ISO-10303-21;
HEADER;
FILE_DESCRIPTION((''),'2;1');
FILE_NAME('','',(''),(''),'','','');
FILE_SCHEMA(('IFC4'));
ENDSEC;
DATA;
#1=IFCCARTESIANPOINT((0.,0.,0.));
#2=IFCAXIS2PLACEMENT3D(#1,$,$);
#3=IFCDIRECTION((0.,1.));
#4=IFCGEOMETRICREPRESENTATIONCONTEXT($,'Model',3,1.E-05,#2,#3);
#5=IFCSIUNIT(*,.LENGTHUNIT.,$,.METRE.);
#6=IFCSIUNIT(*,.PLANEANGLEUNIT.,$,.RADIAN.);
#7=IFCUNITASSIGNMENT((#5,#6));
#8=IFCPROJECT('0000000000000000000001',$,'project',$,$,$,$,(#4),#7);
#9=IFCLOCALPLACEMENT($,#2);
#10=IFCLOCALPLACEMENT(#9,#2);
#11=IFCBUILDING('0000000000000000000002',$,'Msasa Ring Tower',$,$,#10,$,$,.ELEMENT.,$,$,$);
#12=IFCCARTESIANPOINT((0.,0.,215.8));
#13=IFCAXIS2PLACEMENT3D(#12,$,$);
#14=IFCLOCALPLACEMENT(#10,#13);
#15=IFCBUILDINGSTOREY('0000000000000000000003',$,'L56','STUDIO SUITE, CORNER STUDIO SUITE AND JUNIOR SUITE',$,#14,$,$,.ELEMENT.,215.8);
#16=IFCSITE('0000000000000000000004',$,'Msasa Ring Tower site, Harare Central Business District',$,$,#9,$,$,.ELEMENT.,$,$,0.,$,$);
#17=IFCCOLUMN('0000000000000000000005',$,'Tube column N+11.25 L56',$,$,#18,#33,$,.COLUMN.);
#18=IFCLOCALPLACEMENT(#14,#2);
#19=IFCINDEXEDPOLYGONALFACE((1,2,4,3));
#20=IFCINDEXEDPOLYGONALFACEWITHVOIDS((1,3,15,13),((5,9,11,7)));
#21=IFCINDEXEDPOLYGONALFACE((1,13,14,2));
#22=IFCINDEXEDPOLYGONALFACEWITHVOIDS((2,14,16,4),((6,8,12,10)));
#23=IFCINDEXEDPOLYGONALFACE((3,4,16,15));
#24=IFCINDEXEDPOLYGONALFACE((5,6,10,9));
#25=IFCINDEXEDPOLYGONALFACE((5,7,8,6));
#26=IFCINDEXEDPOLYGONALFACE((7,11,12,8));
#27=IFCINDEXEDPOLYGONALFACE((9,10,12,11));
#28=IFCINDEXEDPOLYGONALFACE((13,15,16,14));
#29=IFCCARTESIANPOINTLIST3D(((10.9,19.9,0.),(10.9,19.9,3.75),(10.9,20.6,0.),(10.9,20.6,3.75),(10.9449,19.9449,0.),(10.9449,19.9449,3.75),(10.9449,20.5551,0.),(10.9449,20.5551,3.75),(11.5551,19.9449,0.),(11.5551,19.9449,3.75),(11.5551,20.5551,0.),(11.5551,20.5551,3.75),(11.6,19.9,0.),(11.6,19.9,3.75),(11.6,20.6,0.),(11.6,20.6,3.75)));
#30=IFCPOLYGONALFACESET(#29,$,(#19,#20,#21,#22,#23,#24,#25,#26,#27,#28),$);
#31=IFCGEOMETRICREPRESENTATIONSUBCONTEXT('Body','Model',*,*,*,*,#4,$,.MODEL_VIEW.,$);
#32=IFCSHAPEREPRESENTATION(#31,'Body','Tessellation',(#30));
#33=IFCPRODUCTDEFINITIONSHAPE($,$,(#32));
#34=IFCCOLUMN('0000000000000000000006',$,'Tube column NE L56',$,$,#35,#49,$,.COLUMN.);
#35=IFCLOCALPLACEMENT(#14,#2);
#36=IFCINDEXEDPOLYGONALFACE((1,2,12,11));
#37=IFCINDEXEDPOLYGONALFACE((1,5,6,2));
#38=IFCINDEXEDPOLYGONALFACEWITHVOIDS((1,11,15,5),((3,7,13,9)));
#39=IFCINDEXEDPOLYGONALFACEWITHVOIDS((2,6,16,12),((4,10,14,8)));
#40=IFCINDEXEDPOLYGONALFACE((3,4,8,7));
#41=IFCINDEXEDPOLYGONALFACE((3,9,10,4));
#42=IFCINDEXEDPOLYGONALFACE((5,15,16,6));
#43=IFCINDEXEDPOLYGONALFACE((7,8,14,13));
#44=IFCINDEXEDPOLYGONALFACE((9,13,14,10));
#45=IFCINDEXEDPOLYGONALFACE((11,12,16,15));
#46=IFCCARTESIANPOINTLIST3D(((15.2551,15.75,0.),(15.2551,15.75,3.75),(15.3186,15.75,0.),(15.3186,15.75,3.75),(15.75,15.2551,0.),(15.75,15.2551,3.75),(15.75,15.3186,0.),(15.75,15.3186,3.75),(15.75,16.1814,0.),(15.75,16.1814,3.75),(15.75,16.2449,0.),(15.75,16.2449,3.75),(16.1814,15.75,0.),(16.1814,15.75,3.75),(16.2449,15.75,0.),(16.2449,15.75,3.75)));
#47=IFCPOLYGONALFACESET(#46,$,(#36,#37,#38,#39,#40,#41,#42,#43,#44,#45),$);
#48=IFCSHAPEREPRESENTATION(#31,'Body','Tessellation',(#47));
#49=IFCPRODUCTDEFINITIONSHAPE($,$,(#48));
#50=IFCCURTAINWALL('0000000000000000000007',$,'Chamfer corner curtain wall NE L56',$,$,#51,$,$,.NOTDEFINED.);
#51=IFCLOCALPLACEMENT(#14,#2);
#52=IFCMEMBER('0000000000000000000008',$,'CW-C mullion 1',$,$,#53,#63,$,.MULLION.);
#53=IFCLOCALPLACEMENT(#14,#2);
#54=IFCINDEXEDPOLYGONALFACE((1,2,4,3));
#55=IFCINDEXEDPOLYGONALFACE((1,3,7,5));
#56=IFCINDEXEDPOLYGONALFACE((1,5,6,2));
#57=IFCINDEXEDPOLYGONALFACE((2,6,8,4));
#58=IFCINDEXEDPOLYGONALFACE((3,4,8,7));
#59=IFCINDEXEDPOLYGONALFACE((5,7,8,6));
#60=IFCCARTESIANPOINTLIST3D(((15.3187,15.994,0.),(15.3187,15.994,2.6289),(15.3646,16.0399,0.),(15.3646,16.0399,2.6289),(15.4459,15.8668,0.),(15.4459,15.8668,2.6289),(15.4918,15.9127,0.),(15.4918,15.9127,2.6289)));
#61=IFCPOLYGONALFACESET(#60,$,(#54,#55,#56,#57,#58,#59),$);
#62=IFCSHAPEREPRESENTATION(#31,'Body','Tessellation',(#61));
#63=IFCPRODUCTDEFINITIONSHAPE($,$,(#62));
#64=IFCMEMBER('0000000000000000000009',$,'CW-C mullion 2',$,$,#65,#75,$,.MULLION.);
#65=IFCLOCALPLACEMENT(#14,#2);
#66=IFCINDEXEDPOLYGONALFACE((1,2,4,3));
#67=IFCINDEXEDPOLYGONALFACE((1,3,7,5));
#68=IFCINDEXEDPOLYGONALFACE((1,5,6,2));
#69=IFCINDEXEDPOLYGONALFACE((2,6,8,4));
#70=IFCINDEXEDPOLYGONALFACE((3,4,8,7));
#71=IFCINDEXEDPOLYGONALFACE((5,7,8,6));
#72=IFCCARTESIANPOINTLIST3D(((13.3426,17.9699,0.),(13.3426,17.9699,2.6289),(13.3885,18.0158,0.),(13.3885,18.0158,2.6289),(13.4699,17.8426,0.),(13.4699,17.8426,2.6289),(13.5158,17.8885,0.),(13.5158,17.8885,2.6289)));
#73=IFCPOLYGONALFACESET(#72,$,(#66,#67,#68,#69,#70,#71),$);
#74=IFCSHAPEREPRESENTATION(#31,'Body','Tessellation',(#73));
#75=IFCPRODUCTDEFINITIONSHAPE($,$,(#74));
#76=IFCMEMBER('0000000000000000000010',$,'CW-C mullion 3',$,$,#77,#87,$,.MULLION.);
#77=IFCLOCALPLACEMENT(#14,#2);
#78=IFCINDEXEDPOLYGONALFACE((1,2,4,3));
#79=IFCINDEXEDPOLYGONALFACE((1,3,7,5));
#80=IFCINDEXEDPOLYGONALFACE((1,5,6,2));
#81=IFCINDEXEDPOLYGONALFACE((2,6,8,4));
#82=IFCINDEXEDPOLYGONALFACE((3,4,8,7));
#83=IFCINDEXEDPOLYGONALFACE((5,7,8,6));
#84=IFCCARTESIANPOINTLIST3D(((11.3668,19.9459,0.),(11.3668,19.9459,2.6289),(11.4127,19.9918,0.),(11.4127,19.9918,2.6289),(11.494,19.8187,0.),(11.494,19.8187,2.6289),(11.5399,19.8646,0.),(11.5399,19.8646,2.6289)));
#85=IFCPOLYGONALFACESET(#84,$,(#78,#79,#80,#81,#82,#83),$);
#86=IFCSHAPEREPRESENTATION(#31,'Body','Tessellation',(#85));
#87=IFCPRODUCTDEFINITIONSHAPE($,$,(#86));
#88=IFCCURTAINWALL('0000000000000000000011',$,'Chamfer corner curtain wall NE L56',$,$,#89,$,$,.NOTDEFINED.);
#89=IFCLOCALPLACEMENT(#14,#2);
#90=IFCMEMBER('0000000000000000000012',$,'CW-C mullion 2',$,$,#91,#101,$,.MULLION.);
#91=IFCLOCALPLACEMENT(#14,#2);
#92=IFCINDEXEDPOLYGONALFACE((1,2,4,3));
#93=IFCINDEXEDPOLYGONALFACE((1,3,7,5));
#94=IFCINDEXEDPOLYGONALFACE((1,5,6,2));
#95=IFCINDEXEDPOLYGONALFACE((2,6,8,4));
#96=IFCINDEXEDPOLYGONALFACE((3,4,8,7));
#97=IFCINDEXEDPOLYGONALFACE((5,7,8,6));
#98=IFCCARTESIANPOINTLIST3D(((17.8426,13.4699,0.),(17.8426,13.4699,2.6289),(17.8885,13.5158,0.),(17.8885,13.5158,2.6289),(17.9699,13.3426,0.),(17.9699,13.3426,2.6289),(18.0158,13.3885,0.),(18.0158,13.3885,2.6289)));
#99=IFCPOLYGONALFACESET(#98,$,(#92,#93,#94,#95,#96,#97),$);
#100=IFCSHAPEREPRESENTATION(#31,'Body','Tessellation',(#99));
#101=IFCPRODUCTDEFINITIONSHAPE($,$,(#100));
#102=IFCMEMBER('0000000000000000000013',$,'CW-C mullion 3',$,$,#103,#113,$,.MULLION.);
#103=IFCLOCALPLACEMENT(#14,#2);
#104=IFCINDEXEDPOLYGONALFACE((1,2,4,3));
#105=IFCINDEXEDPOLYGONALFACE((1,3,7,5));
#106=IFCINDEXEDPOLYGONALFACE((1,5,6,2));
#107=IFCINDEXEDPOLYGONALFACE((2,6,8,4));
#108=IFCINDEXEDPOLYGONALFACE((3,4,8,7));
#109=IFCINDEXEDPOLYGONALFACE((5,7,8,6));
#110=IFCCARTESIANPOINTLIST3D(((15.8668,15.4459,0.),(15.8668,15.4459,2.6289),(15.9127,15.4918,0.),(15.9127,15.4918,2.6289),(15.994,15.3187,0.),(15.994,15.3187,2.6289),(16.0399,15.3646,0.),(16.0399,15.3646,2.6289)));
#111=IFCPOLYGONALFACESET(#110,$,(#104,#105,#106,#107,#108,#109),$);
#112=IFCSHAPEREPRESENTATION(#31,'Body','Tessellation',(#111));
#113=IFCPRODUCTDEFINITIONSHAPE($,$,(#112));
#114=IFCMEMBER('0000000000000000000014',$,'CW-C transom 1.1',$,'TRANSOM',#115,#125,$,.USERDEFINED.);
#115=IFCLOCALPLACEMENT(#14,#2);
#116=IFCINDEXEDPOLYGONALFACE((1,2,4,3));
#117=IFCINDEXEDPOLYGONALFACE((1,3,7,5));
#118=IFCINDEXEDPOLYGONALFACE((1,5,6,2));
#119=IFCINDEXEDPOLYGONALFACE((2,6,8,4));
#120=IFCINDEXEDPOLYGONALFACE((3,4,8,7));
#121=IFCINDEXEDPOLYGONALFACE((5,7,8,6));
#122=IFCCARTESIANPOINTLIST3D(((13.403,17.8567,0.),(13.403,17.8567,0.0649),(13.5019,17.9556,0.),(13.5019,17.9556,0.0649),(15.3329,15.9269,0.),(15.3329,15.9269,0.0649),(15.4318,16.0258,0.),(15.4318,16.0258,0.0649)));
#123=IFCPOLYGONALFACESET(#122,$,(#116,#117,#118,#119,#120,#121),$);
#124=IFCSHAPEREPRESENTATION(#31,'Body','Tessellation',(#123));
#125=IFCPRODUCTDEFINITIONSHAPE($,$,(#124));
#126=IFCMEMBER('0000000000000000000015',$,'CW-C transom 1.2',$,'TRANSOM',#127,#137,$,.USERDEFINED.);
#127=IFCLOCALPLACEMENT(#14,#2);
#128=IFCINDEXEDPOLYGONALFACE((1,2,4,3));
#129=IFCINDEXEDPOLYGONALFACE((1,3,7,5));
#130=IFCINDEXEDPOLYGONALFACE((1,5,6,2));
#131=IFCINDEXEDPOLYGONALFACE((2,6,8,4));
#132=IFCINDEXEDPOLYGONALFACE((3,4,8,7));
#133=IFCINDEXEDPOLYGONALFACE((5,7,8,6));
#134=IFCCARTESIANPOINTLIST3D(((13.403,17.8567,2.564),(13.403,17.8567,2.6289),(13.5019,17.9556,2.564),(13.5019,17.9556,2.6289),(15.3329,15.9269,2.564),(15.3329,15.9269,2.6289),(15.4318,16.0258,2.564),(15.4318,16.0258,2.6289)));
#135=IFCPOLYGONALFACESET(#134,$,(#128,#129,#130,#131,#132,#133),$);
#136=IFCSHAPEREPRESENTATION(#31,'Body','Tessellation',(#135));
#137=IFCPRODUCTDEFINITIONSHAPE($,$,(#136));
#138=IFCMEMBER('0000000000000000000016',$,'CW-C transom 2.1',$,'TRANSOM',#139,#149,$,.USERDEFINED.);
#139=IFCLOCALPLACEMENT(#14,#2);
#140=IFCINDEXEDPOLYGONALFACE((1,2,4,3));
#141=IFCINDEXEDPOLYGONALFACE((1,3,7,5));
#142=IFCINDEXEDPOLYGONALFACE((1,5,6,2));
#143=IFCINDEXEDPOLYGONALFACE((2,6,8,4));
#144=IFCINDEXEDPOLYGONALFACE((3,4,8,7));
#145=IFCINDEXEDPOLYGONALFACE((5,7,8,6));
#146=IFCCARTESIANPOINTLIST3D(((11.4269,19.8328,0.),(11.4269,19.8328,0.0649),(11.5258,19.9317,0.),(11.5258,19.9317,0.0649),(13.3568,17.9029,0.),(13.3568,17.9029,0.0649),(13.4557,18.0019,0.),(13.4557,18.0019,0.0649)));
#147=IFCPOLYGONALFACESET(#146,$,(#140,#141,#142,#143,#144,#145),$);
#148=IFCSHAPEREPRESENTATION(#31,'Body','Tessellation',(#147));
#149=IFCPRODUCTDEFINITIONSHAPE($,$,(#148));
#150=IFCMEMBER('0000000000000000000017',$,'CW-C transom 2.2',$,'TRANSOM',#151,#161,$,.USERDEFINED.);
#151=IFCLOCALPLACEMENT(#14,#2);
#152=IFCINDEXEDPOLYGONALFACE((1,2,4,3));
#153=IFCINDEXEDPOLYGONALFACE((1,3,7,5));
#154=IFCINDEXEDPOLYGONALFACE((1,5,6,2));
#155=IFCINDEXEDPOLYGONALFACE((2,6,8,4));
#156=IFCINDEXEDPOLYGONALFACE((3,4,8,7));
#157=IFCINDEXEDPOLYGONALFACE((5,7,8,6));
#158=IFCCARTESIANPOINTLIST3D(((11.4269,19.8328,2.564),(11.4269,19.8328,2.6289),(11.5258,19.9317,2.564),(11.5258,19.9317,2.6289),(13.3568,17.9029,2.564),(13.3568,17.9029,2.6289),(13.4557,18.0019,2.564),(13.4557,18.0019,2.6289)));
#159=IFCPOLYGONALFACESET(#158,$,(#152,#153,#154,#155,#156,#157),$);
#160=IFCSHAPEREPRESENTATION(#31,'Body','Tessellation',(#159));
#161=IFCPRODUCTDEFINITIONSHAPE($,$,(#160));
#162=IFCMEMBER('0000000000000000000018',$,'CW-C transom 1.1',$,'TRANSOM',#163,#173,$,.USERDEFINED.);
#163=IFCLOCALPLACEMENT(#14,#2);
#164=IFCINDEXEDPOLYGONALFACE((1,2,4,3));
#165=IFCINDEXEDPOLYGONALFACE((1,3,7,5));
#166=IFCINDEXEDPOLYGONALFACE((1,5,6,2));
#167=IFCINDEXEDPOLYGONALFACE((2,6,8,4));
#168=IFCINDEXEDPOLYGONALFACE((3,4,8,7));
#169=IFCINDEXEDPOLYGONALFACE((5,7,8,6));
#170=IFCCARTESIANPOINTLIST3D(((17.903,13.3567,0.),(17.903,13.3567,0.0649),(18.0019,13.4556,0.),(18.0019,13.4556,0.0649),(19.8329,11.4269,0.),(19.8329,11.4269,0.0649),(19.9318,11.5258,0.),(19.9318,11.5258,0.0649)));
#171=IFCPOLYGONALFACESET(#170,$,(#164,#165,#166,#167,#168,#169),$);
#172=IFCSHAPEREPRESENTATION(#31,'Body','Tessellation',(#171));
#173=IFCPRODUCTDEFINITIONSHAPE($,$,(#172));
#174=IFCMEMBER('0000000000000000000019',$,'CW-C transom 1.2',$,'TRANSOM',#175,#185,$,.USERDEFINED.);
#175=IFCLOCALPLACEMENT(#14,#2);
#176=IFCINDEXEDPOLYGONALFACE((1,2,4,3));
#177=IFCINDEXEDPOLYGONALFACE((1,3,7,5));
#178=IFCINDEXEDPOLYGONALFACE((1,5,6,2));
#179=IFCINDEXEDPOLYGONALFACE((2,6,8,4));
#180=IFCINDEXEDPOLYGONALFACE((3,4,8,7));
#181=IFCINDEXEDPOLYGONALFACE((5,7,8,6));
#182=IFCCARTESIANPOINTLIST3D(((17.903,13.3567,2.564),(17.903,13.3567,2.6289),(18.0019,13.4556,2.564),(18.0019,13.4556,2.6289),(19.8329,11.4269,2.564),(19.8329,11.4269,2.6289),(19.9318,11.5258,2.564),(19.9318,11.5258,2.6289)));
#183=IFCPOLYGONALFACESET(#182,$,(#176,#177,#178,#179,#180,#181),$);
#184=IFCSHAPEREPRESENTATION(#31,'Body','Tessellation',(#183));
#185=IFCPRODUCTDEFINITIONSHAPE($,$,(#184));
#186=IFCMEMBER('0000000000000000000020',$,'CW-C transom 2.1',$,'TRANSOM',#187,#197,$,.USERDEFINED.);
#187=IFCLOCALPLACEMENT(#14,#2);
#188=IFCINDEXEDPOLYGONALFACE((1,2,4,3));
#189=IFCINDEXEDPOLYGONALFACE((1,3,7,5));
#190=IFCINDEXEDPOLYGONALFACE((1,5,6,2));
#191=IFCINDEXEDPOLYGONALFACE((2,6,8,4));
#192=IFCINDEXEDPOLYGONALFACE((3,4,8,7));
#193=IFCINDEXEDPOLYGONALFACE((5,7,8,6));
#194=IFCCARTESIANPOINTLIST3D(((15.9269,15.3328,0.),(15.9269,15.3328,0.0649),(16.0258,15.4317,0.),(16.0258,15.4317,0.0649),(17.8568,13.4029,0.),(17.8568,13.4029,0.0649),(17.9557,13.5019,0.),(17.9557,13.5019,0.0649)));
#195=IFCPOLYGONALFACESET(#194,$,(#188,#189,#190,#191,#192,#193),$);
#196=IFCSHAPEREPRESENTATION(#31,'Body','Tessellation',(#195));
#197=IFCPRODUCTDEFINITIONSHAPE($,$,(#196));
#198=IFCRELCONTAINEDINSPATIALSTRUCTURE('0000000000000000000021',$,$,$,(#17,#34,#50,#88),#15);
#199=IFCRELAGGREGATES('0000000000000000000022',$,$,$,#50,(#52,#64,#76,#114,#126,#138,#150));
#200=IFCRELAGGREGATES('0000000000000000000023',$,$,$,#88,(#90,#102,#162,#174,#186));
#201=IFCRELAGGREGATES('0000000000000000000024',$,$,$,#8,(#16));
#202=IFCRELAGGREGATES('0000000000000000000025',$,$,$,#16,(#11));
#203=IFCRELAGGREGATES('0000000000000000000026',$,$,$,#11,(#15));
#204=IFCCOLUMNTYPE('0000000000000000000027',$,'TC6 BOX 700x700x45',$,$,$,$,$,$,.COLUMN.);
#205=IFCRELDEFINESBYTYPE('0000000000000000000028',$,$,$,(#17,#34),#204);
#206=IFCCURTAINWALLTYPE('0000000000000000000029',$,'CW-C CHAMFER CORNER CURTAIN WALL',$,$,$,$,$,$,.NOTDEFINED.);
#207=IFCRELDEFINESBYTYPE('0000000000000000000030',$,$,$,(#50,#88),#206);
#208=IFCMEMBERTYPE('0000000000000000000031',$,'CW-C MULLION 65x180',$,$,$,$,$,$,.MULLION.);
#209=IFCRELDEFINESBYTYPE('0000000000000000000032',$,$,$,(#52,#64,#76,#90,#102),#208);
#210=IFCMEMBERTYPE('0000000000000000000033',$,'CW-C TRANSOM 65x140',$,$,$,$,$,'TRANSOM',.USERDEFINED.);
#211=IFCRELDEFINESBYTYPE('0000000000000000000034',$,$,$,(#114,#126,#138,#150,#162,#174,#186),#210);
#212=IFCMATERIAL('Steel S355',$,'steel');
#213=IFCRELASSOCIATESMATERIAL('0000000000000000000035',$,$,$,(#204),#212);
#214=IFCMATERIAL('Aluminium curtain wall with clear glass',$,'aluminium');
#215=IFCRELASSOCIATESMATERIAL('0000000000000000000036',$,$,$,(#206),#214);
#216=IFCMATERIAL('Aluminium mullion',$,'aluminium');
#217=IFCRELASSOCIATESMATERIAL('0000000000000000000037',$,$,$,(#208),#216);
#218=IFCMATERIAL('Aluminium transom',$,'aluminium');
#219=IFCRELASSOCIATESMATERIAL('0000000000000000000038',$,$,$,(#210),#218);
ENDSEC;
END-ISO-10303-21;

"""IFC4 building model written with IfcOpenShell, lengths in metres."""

from ifc_helpers import new_model, si_unit, direction, frame, origin, origin_2d, place, context, subcontext, project, spatial, rectangle, hollow_rectangle, extrude, material, material_profile, profile_set, type_object, element, aggregate, save


model = new_model("IFC4")

# Units and contexts
model_context = context("Model", 3, precision=1e-05, world=origin(), true_north=direction((0.0, 1.0)))
body_context = subcontext(model_context, "Body", "Model", "MODEL_VIEW")
ifc_project = project(units=[si_unit("LENGTHUNIT", "METRE"), si_unit("PLANEANGLEUNIT", "RADIAN")], contexts=[model_context])

# Site, building, storey
site_placement = place(None, origin())
site = spatial("IfcSite", under=ifc_project, at=site_placement, Name="Msasa Ring Tower site, Harare Central Business District", CompositionType="ELEMENT", RefElevation=0.0)
building_placement = place(site_placement, origin())
building = spatial("IfcBuilding", under=site, at=building_placement, Name="Msasa Ring Tower", CompositionType="ELEMENT")
storey_placement = place(building_placement, frame((0.0, 0.0, 215.8)))
storey = spatial("IfcBuildingStorey", under=building, at=storey_placement, Name="L56", Description="STUDIO SUITE, CORNER STUDIO SUITE AND JUNIOR SUITE", CompositionType="ELEMENT", Elevation=215.8)

# Columns
ifc_material_1 = material(Name="Steel S355", Category="steel")
ifc_material_profile_1 = material_profile(ifc_material_1, hollow_rectangle(XDim=0.7, YDim=0.7, WallThickness=0.0449, at=origin_2d()), Name="BOX 700x700x45")
ifc_profile_set_1 = profile_set([ifc_material_profile_1], Name="Steel S355")
column_type = type_object("IfcColumnType", Name="TC6 BOX 700x700x45", PredefinedType="COLUMN", material=ifc_profile_set_1)
for number, where, z_axis, x_axis, name in (
    (1, (11.25, 20.25, 0.0), (0.0, 0.0, 1.0), (0.0, 1.0, 0.0), "Tube column N+11.25 L56"),
    (2, (15.75, 15.75, 0.0), (0.0, 0.0, 1.0), (0.707107, 0.707107, 0.0), "Tube column NE L56"),
):
    element("IfcColumn", number, at=place(storey_placement, frame(where, z_axis=z_axis, x_axis=x_axis)), inside=storey, type_object=column_type, Name=name, PredefinedType="COLUMN", context=body_context, shape_type="SweptSolid", body=[
        extrude(hollow_rectangle(XDim=0.7, YDim=0.7, WallThickness=0.0449, at=origin_2d()), origin(), (0.0, 0.0, 1.0), 3.75),
    ])

# Curtain walls, members
ifc_material_2 = material(Name="Aluminium curtain wall with clear glass", Category="aluminium")
curtain_wall_type = type_object("IfcCurtainWallType", Name="CW-C CHAMFER CORNER CURTAIN WALL", PredefinedType="NOTDEFINED", material=ifc_material_2)
curtain_wall_1_placement = place(storey_placement, origin())
curtain_wall_1 = element("IfcCurtainWall", 3, at=curtain_wall_1_placement, inside=storey, type_object=curtain_wall_type, Name="Chamfer corner curtain wall NE L56", PredefinedType="NOTDEFINED")
ifc_material_3 = material(Name="Aluminium mullion", Category="aluminium")
ifc_material_profile_2 = material_profile(ifc_material_3, rectangle(XDim=0.0649, YDim=0.1799, at=origin_2d()), Name="AL 65x180")
ifc_profile_set_2 = profile_set([ifc_material_profile_2], Name="Aluminium mullion")
member_type_1 = type_object("IfcMemberType", Name="CW-C MULLION 65x180", PredefinedType="MULLION", material=ifc_profile_set_2)
member_1_placement = place(storey_placement, frame((15.4053, 15.9534, 0.0), z_axis=(0.0, 0.0, 1.0), x_axis=(-0.707107, -0.707107, 0.0)))
member_1 = element("IfcMember", 4, at=member_1_placement, type_object=member_type_1, Name="CW-C mullion 1", PredefinedType="MULLION", context=body_context, shape_type="SweptSolid", body=[
    extrude(rectangle(XDim=0.0649, YDim=0.1799, at=origin_2d()), origin(), (0.0, 0.0, 1.0), 2.6289),
])
member_2_placement = place(storey_placement, frame((13.4292, 17.9292, 0.0), z_axis=(0.0, 0.0, 1.0), x_axis=(-0.707107, -0.707107, 0.0)))
member_2 = element("IfcMember", 5, at=member_2_placement, type_object=member_type_1, Name="CW-C mullion 2", PredefinedType="MULLION", context=body_context, shape_type="SweptSolid", body=[
    extrude(rectangle(XDim=0.0649, YDim=0.1799, at=origin_2d()), origin(), (0.0, 0.0, 1.0), 2.6289),
])
member_3_placement = place(storey_placement, frame((11.4534, 19.9053, 0.0), z_axis=(0.0, 0.0, 1.0), x_axis=(-0.707107, -0.707107, 0.0)))
member_3 = element("IfcMember", 6, at=member_3_placement, type_object=member_type_1, Name="CW-C mullion 3", PredefinedType="MULLION", context=body_context, shape_type="SweptSolid", body=[
    extrude(rectangle(XDim=0.0649, YDim=0.1799, at=origin_2d()), origin(), (0.0, 0.0, 1.0), 2.6289),
])
curtain_wall_2_placement = place(storey_placement, origin())
curtain_wall_2 = element("IfcCurtainWall", 7, at=curtain_wall_2_placement, inside=storey, type_object=curtain_wall_type, Name="Chamfer corner curtain wall NE L56", PredefinedType="NOTDEFINED")
member_4_placement = place(storey_placement, frame((17.9292, 13.4292, 0.0), z_axis=(0.0, 0.0, 1.0), x_axis=(-0.707107, -0.707107, 0.0)))
member_4 = element("IfcMember", 8, at=member_4_placement, type_object=member_type_1, Name="CW-C mullion 2", PredefinedType="MULLION", context=body_context, shape_type="SweptSolid", body=[
    extrude(rectangle(XDim=0.0649, YDim=0.1799, at=origin_2d()), origin(), (0.0, 0.0, 1.0), 2.6289),
])
member_5_placement = place(storey_placement, frame((15.9534, 15.4053, 0.0), z_axis=(0.0, 0.0, 1.0), x_axis=(-0.707107, -0.707107, 0.0)))
member_5 = element("IfcMember", 9, at=member_5_placement, type_object=member_type_1, Name="CW-C mullion 3", PredefinedType="MULLION", context=body_context, shape_type="SweptSolid", body=[
    extrude(rectangle(XDim=0.0649, YDim=0.1799, at=origin_2d()), origin(), (0.0, 0.0, 1.0), 2.6289),
])

# Members
ifc_material_4 = material(Name="Aluminium transom", Category="aluminium")
ifc_material_profile_3 = material_profile(ifc_material_4, rectangle(XDim=0.1399, YDim=0.0649, at=origin_2d()), Name="AL 65x140")
ifc_profile_set_3 = profile_set([ifc_material_profile_3], Name="Aluminium transom")
member_type_2 = type_object("IfcMemberType", Name="CW-C TRANSOM 65x140", ElementType="TRANSOM", PredefinedType="USERDEFINED", material=ifc_profile_set_3)
member_6_placement = place(storey_placement, frame((15.3823, 15.9763, 0.0325), z_axis=(-0.707107, 0.707107, 0.0), x_axis=(-0.707107, -0.707107, 0.0)))
member_6 = element("IfcMember", 10, at=member_6_placement, type_object=member_type_2, Name="CW-C transom 1.1", ObjectType="TRANSOM", PredefinedType="USERDEFINED", context=body_context, shape_type="SweptSolid", body=[
    extrude(rectangle(XDim=0.1399, YDim=0.0649, at=origin_2d()), origin(), (0.0, 0.0, 1.0), 2.7292),
])
member_7_placement = place(storey_placement, frame((15.3823, 15.9763, 2.5964), z_axis=(-0.707107, 0.707107, 0.0), x_axis=(-0.707107, -0.707107, 0.0)))
member_7 = element("IfcMember", 11, at=member_7_placement, type_object=member_type_2, Name="CW-C transom 1.2", ObjectType="TRANSOM", PredefinedType="USERDEFINED", context=body_context, shape_type="SweptSolid", body=[
    extrude(rectangle(XDim=0.1399, YDim=0.0649, at=origin_2d()), origin(), (0.0, 0.0, 1.0), 2.7292),
])
member_8_placement = place(storey_placement, frame((13.4062, 17.9524, 0.0325), z_axis=(-0.707107, 0.707107, 0.0), x_axis=(-0.707107, -0.707107, 0.0)))
member_8 = element("IfcMember", 12, at=member_8_placement, type_object=member_type_2, Name="CW-C transom 2.1", ObjectType="TRANSOM", PredefinedType="USERDEFINED", context=body_context, shape_type="SweptSolid", body=[
    extrude(rectangle(XDim=0.1399, YDim=0.0649, at=origin_2d()), origin(), (0.0, 0.0, 1.0), 2.7292),
])
member_9_placement = place(storey_placement, frame((13.4062, 17.9524, 2.5964), z_axis=(-0.707107, 0.707107, 0.0), x_axis=(-0.707107, -0.707107, 0.0)))
member_9 = element("IfcMember", 13, at=member_9_placement, type_object=member_type_2, Name="CW-C transom 2.2", ObjectType="TRANSOM", PredefinedType="USERDEFINED", context=body_context, shape_type="SweptSolid", body=[
    extrude(rectangle(XDim=0.1399, YDim=0.0649, at=origin_2d()), origin(), (0.0, 0.0, 1.0), 2.7292),
])
member_10_placement = place(storey_placement, frame((19.8823, 11.4763, 0.0325), z_axis=(-0.707107, 0.707107, 0.0), x_axis=(-0.707107, -0.707107, 0.0)))
member_10 = element("IfcMember", 14, at=member_10_placement, type_object=member_type_2, Name="CW-C transom 1.1", ObjectType="TRANSOM", PredefinedType="USERDEFINED", context=body_context, shape_type="SweptSolid", body=[
    extrude(rectangle(XDim=0.1399, YDim=0.0649, at=origin_2d()), origin(), (0.0, 0.0, 1.0), 2.7292),
])
member_11_placement = place(storey_placement, frame((19.8823, 11.4763, 2.5964), z_axis=(-0.707107, 0.707107, 0.0), x_axis=(-0.707107, -0.707107, 0.0)))
member_11 = element("IfcMember", 15, at=member_11_placement, type_object=member_type_2, Name="CW-C transom 1.2", ObjectType="TRANSOM", PredefinedType="USERDEFINED", context=body_context, shape_type="SweptSolid", body=[
    extrude(rectangle(XDim=0.1399, YDim=0.0649, at=origin_2d()), origin(), (0.0, 0.0, 1.0), 2.7292),
])
member_12_placement = place(storey_placement, frame((17.9062, 13.4524, 0.0325), z_axis=(-0.707107, 0.707107, 0.0), x_axis=(-0.707107, -0.707107, 0.0)))
member_12 = element("IfcMember", 16, at=member_12_placement, type_object=member_type_2, Name="CW-C transom 2.1", ObjectType="TRANSOM", PredefinedType="USERDEFINED", context=body_context, shape_type="SweptSolid", body=[
    extrude(rectangle(XDim=0.1399, YDim=0.0649, at=origin_2d()), origin(), (0.0, 0.0, 1.0), 2.7292),
])

aggregate(curtain_wall_1, [member_1, member_2, member_3, member_6, member_7, member_8, member_9])
aggregate(curtain_wall_2, [member_4, member_5, member_10, member_11, member_12])

save(model, "model.ifc")
